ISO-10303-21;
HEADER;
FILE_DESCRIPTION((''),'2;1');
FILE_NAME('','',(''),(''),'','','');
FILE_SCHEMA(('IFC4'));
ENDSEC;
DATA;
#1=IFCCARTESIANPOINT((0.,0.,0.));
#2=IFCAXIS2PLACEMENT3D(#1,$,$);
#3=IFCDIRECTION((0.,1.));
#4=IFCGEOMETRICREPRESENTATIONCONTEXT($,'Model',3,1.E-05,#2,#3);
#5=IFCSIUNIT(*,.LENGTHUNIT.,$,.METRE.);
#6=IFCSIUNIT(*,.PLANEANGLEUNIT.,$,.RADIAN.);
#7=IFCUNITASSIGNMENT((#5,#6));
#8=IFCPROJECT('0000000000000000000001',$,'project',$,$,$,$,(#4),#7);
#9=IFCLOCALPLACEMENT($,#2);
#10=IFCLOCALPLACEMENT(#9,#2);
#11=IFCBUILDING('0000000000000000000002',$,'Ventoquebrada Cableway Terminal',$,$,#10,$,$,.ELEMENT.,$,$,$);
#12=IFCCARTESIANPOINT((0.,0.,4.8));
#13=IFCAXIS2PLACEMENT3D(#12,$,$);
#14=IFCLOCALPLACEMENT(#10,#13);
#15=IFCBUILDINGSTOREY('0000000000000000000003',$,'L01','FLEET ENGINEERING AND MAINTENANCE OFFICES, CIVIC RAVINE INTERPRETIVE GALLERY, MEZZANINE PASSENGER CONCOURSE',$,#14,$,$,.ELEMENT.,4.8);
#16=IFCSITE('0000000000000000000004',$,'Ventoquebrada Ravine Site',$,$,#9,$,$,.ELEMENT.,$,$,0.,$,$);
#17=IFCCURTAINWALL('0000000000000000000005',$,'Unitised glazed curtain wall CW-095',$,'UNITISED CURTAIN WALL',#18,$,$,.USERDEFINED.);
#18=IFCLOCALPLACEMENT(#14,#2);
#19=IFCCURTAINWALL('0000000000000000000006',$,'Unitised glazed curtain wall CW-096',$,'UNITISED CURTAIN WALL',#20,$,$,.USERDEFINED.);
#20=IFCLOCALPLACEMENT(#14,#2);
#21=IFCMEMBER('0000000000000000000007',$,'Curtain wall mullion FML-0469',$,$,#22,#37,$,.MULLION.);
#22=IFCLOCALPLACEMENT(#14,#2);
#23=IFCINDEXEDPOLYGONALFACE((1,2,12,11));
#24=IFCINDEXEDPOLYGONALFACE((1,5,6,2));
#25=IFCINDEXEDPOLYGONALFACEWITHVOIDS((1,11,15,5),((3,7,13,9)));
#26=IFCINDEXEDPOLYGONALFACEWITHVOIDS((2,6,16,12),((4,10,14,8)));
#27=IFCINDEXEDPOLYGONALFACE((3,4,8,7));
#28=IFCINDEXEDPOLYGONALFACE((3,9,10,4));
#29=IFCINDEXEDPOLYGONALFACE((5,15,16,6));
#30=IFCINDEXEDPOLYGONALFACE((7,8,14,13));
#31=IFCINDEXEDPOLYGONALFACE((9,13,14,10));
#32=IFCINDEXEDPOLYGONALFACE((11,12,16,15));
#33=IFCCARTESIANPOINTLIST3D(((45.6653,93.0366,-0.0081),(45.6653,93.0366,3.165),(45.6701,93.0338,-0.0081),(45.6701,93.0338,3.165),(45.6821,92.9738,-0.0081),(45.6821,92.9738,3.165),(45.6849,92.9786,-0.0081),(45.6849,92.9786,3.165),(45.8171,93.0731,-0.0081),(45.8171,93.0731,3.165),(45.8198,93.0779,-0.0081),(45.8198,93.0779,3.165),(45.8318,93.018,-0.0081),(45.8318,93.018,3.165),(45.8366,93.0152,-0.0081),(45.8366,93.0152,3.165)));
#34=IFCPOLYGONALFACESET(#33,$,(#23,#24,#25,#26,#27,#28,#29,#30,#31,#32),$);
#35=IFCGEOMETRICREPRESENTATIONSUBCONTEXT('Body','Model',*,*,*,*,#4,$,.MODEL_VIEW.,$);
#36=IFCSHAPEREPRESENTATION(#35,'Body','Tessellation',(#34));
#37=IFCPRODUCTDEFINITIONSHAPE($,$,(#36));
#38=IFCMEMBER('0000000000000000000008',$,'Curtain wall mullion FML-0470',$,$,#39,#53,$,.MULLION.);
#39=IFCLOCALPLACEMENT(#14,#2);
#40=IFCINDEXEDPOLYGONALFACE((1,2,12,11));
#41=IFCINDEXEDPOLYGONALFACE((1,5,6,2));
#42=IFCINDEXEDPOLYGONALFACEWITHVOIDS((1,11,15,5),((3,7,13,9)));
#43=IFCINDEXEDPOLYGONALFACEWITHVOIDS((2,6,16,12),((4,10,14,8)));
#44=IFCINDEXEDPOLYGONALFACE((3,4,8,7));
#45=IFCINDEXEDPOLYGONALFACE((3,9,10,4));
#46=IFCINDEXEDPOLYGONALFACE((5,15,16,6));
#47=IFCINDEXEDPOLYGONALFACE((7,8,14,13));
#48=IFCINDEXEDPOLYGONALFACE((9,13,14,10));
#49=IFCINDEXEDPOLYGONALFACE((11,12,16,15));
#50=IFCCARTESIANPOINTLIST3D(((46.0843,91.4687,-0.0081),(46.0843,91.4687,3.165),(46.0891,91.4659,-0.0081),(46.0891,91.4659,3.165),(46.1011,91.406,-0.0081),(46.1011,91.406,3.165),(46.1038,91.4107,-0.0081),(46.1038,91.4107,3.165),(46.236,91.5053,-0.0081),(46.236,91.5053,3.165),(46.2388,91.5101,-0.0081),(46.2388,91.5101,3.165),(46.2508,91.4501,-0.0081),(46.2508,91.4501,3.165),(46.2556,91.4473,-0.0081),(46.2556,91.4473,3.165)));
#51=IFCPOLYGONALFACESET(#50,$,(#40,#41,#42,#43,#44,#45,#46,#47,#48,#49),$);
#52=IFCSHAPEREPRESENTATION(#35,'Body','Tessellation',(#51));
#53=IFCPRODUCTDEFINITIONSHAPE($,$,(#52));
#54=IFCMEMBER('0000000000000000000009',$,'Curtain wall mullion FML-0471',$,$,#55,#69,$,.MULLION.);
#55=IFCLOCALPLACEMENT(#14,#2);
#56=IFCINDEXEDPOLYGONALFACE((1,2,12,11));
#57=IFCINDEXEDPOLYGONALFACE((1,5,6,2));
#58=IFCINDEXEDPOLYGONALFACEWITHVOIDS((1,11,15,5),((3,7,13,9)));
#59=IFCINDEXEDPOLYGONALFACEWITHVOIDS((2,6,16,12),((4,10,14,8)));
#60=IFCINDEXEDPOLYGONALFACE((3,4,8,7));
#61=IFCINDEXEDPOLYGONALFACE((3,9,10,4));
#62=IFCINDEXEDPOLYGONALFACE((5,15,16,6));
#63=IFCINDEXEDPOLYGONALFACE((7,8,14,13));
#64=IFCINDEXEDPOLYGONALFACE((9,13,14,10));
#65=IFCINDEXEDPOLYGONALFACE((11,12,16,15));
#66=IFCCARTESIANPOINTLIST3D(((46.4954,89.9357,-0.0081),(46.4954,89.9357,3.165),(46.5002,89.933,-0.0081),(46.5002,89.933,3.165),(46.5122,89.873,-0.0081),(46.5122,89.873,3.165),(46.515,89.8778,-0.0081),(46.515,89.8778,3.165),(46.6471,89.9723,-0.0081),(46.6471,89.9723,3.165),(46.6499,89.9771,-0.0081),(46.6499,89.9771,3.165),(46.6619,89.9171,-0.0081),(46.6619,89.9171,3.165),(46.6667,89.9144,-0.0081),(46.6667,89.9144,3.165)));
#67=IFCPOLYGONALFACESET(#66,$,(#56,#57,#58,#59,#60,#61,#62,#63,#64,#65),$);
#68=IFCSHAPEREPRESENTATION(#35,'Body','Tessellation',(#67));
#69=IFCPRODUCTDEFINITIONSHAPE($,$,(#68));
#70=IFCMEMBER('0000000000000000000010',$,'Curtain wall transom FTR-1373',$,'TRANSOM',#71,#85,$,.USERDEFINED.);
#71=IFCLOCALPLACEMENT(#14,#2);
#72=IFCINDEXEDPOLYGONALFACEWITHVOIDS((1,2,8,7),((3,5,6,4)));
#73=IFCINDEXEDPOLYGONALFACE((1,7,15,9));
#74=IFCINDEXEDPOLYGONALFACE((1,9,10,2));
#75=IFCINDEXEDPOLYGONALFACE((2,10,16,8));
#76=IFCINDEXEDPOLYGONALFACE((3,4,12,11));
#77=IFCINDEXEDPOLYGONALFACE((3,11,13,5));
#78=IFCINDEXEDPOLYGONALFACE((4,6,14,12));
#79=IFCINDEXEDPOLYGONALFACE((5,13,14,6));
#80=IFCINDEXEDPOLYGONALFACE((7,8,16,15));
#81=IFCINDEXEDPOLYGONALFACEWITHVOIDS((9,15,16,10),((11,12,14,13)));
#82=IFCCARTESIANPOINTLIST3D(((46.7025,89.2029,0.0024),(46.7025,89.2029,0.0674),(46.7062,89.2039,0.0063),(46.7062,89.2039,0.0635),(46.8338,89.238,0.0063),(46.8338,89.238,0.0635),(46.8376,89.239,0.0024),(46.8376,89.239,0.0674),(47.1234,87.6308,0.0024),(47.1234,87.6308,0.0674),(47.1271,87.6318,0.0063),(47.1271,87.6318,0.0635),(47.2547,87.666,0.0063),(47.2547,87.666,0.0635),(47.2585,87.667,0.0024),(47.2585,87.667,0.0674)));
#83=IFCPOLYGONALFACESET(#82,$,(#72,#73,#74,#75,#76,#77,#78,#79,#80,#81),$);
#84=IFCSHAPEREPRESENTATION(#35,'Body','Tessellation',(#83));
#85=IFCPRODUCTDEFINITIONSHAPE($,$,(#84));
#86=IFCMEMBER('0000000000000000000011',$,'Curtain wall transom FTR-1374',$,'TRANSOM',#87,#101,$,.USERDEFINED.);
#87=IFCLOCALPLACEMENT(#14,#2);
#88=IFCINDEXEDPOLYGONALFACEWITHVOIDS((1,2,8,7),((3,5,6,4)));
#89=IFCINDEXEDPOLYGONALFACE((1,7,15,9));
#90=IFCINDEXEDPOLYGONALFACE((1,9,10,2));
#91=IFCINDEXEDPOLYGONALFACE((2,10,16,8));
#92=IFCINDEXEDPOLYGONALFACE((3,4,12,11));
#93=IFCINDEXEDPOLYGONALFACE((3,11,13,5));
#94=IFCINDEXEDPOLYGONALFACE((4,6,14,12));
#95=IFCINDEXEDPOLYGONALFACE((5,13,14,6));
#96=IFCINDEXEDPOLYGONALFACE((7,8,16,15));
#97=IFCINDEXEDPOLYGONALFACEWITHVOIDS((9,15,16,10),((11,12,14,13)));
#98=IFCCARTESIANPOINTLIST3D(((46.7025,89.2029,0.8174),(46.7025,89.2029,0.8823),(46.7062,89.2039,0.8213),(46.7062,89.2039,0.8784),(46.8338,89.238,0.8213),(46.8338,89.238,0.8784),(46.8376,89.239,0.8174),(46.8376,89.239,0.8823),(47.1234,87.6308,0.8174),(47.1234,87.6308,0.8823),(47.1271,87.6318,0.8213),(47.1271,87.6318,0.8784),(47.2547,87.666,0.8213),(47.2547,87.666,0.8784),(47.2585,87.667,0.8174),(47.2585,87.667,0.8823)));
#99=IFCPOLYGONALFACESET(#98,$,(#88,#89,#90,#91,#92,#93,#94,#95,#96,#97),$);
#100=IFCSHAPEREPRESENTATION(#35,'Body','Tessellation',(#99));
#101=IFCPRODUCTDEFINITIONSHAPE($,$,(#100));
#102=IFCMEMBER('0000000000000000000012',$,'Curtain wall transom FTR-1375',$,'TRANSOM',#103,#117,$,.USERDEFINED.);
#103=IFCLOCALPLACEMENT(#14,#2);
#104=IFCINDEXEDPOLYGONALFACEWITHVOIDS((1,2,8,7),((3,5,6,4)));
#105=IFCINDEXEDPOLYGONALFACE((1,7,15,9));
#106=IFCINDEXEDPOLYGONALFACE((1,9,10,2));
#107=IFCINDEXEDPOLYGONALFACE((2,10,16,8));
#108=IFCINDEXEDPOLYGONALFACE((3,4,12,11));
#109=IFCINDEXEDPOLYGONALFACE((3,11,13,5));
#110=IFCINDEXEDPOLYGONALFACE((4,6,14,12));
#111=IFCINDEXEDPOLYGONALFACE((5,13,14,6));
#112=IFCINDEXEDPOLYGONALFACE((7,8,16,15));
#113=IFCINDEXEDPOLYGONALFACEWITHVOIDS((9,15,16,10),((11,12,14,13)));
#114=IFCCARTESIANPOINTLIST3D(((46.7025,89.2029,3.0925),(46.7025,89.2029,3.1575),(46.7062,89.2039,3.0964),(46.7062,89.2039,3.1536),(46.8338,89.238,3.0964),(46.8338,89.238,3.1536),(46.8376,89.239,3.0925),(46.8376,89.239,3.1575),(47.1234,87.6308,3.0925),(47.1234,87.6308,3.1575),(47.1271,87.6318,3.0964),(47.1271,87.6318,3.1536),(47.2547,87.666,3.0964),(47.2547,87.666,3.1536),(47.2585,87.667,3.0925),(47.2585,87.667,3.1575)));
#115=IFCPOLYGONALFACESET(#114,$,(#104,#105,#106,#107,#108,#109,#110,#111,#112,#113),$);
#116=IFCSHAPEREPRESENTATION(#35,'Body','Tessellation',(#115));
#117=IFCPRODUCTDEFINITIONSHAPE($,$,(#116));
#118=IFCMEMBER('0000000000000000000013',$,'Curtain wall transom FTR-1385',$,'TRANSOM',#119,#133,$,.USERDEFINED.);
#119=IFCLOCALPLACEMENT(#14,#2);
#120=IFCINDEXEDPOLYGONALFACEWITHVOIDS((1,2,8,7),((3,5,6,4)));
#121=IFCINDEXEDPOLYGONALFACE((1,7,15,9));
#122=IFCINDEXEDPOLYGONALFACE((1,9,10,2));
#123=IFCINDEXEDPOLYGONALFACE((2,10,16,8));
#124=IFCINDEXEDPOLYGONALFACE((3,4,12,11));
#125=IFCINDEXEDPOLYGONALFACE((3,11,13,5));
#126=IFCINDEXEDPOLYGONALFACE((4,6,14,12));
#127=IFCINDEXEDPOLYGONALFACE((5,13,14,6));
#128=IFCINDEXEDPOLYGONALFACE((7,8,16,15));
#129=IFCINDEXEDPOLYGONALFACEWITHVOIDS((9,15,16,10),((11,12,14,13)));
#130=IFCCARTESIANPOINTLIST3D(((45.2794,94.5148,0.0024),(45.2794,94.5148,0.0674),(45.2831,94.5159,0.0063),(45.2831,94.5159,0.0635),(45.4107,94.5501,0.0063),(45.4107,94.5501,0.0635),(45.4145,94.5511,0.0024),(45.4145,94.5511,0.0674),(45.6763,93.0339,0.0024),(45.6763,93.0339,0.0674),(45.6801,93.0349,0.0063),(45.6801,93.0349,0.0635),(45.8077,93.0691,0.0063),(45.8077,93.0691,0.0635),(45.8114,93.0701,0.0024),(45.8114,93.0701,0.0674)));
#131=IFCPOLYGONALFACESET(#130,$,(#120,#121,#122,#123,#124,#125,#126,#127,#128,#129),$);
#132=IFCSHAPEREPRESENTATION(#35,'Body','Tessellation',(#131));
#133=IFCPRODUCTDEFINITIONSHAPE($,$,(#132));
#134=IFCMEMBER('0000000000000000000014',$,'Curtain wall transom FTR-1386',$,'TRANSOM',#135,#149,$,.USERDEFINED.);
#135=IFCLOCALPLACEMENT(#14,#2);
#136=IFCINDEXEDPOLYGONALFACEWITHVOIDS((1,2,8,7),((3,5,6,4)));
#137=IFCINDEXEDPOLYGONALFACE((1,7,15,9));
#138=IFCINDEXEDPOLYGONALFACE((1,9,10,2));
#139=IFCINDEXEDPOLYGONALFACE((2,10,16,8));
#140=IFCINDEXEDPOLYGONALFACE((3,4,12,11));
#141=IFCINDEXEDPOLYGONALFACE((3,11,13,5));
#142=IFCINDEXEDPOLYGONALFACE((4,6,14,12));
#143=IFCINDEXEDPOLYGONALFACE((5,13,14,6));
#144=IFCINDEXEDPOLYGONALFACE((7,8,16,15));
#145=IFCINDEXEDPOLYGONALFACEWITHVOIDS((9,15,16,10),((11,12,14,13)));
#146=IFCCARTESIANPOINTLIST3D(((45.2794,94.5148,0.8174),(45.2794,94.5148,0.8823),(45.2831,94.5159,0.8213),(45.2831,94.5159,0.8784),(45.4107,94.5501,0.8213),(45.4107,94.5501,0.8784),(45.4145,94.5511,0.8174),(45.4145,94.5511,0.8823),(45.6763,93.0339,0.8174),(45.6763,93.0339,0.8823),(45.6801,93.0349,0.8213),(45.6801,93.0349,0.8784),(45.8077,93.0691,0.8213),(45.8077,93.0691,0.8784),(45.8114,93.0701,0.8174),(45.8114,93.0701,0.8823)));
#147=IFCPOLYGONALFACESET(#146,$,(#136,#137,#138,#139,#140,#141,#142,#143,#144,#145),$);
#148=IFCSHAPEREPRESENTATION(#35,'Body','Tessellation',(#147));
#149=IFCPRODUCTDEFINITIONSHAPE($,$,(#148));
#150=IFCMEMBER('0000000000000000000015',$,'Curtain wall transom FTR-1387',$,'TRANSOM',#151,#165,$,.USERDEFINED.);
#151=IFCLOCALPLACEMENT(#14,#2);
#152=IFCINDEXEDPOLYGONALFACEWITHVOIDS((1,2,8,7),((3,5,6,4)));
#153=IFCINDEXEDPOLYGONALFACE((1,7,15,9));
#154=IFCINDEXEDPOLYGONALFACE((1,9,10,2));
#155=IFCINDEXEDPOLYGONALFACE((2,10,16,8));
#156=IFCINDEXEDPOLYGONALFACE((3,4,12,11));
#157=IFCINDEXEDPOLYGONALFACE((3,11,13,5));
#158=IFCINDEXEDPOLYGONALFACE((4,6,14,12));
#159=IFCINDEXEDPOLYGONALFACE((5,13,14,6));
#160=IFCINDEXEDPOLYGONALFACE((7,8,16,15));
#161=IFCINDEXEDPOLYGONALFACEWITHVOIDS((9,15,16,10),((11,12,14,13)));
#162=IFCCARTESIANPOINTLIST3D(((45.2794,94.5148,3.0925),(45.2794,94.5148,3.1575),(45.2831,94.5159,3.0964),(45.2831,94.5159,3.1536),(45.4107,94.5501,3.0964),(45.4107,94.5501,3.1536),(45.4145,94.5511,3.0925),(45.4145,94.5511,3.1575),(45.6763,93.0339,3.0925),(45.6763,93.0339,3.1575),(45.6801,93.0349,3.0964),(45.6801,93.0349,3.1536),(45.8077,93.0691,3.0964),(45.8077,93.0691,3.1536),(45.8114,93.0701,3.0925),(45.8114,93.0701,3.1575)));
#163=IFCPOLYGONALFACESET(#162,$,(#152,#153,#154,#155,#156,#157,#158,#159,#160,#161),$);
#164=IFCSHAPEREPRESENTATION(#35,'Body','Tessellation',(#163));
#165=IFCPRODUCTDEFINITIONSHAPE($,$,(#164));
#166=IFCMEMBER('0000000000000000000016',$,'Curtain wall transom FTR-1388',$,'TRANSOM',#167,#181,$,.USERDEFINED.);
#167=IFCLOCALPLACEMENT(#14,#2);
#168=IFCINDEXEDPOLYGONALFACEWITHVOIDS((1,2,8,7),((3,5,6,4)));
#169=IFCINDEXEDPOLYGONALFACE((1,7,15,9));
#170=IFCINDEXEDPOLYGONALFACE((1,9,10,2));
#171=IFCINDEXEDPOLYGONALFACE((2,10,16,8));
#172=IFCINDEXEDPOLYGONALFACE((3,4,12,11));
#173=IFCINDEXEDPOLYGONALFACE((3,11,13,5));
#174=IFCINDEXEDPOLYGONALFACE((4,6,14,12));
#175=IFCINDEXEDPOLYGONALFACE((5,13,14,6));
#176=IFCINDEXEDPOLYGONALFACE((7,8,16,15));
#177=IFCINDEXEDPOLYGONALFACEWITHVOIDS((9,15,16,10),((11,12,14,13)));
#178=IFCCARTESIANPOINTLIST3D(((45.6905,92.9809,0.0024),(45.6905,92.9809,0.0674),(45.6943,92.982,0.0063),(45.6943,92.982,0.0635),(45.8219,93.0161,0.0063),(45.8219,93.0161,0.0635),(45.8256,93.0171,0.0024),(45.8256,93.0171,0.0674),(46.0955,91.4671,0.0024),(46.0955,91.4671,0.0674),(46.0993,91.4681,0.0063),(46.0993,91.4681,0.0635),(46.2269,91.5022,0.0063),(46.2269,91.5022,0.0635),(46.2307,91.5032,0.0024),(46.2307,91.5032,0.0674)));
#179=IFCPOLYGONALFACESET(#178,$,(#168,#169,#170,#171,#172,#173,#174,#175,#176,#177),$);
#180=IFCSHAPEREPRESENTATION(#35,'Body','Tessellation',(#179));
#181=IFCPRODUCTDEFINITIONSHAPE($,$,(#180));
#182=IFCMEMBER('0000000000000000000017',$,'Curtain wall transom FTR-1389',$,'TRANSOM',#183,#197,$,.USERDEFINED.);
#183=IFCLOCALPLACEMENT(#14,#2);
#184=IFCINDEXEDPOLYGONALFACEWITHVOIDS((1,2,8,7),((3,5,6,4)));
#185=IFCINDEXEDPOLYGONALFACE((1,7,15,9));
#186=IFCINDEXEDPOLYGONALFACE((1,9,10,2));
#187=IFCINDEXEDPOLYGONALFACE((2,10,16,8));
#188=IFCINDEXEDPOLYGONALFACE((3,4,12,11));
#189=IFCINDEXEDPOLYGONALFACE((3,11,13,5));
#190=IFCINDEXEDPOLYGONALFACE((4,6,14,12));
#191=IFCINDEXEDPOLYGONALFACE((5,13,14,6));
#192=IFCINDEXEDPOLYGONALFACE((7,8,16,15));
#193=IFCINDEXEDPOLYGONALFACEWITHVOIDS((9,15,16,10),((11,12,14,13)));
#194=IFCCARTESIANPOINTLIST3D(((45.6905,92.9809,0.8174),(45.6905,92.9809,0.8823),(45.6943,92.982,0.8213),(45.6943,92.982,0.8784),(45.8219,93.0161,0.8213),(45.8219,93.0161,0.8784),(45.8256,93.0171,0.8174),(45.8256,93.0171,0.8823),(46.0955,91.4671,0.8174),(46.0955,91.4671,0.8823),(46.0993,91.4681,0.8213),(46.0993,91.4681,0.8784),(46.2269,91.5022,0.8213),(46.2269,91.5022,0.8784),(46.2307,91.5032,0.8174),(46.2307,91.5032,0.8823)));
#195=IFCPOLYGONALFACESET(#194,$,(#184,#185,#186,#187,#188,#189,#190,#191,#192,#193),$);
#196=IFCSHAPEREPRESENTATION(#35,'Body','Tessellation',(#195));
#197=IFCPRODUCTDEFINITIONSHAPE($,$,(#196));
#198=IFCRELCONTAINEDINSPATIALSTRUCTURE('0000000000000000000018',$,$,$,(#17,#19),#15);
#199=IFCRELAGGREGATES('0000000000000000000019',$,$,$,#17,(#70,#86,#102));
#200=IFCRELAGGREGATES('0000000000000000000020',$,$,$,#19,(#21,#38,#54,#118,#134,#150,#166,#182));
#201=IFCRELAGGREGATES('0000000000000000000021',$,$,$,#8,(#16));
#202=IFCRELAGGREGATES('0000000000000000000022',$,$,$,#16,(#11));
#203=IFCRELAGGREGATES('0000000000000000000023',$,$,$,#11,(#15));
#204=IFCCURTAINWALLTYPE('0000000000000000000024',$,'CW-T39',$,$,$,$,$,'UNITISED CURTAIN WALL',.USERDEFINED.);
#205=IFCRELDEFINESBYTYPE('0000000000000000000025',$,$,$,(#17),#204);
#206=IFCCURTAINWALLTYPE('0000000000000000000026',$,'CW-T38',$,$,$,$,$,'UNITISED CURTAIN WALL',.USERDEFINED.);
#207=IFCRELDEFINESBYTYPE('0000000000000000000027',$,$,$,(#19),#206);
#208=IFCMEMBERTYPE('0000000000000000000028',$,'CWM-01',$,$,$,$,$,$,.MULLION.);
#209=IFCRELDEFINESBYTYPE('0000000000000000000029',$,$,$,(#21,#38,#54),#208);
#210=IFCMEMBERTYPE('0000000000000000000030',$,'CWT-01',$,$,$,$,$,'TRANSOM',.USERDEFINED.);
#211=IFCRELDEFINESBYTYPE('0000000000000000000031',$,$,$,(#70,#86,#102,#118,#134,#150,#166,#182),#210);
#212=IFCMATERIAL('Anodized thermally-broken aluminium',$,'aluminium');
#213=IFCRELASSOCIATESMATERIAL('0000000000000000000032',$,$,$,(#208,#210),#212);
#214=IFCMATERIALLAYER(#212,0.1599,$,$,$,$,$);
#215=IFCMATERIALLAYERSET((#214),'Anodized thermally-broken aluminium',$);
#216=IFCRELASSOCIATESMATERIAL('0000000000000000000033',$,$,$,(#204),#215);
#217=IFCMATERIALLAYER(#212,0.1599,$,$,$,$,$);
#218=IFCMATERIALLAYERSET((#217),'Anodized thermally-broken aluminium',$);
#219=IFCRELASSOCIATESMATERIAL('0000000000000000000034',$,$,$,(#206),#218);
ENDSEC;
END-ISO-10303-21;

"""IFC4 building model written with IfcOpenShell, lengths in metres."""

from ifc_helpers import new_model, si_unit, direction, frame, origin, origin_2d, place, context, subcontext, project, spatial, hollow_rectangle, extrude, material, layer, layer_set, material_profile, profile_set, type_object, element, aggregate, save


model = new_model("IFC4")

# Units and contexts
model_context = context("Model", 3, precision=1e-05, world=origin(), true_north=direction((0.0, 1.0)))
body_context = subcontext(model_context, "Body", "Model", "MODEL_VIEW")
ifc_project = project(units=[si_unit("LENGTHUNIT", "METRE"), si_unit("PLANEANGLEUNIT", "RADIAN")], contexts=[model_context])

# Site, building, storey
site_placement = place(None, origin())
site = spatial("IfcSite", under=ifc_project, at=site_placement, Name="Ventoquebrada Ravine Site", CompositionType="ELEMENT", RefElevation=0.0)
building_placement = place(site_placement, origin())
building = spatial("IfcBuilding", under=site, at=building_placement, Name="Ventoquebrada Cableway Terminal", CompositionType="ELEMENT")
storey_placement = place(building_placement, frame((0.0, 0.0, 4.8)))
storey = spatial("IfcBuildingStorey", under=building, at=storey_placement, Name="L01", Description="FLEET ENGINEERING AND MAINTENANCE OFFICES, CIVIC RAVINE INTERPRETIVE GALLERY, MEZZANINE PASSENGER CONCOURSE", CompositionType="ELEMENT", Elevation=4.8)

# Curtain wall
ifc_material_1 = material(Name="Anodized thermally-broken aluminium", Category="aluminium")
ifc_material_profile_1 = material_profile(ifc_material_1, hollow_rectangle(XDim=0.0649, YDim=0.1599, WallThickness=0.0039, at=origin_2d()), Name="CW-MUL-65X160")
ifc_profile_set_1 = profile_set([ifc_material_profile_1], Name="Anodized thermally-broken aluminium")
member_type_1 = type_object("IfcMemberType", Name="CWM-01", PredefinedType="MULLION", material=ifc_profile_set_1)
ifc_layer_1 = layer(ifc_material_1, 0.1599)
ifc_layer_set_1 = layer_set([ifc_layer_1], Name="Anodized thermally-broken aluminium")
curtain_wall_type_1 = type_object("IfcCurtainWallType", Name="CW-T39", ElementType="UNITISED CURTAIN WALL", PredefinedType="USERDEFINED", material=ifc_layer_set_1)
curtain_wall_1_placement = place(storey_placement, origin())
curtain_wall_1 = element("IfcCurtainWall", 1, at=curtain_wall_1_placement, inside=storey, type_object=curtain_wall_type_1, Name="Unitised glazed curtain wall CW-095", ObjectType="UNITISED CURTAIN WALL", PredefinedType="USERDEFINED")

# Curtain wall, members
ifc_layer_2 = layer(ifc_material_1, 0.1599)
ifc_layer_set_2 = layer_set([ifc_layer_2], Name="Anodized thermally-broken aluminium")
curtain_wall_type_2 = type_object("IfcCurtainWallType", Name="CW-T38", ElementType="UNITISED CURTAIN WALL", PredefinedType="USERDEFINED", material=ifc_layer_set_2)
curtain_wall_2_placement = place(storey_placement, origin())
curtain_wall_2 = element("IfcCurtainWall", 2, at=curtain_wall_2_placement, inside=storey, type_object=curtain_wall_type_2, Name="Unitised glazed curtain wall CW-096", ObjectType="UNITISED CURTAIN WALL", PredefinedType="USERDEFINED")
member_1_placement = place(storey_placement, frame((45.751, 93.0259, -0.0081), z_axis=(0.0, 0.0, 1.0), x_axis=(0.25865, -0.965971, 0.0)))
member_1 = element("IfcMember", 3, at=member_1_placement, type_object=member_type_1, Name="Curtain wall mullion FML-0469", PredefinedType="MULLION", context=body_context, shape_type="SweptSolid", body=[
    extrude(hollow_rectangle(XDim=0.0649, YDim=0.1599, WallThickness=0.0039, at=origin_2d()), origin(), (0.0, 0.0, 1.0), 3.1731),
])
member_2_placement = place(storey_placement, frame((46.1699, 91.458, -0.0081), z_axis=(0.0, 0.0, 1.0), x_axis=(0.25865, -0.965971, 0.0)))
member_2 = element("IfcMember", 4, at=member_2_placement, type_object=member_type_1, Name="Curtain wall mullion FML-0470", PredefinedType="MULLION", context=body_context, shape_type="SweptSolid", body=[
    extrude(hollow_rectangle(XDim=0.0649, YDim=0.1599, WallThickness=0.0039, at=origin_2d()), origin(), (0.0, 0.0, 1.0), 3.1731),
])
member_3_placement = place(storey_placement, frame((46.5811, 89.925, -0.0081), z_axis=(0.0, 0.0, 1.0), x_axis=(0.25865, -0.965971, 0.0)))
member_3 = element("IfcMember", 5, at=member_3_placement, type_object=member_type_1, Name="Curtain wall mullion FML-0471", PredefinedType="MULLION", context=body_context, shape_type="SweptSolid", body=[
    extrude(hollow_rectangle(XDim=0.0649, YDim=0.1599, WallThickness=0.0039, at=origin_2d()), origin(), (0.0, 0.0, 1.0), 3.1731),
])

# Members
ifc_material_profile_2 = material_profile(ifc_material_1, hollow_rectangle(XDim=0.0649, YDim=0.1399, WallThickness=0.0039, at=origin_2d()), Name="CW-TRN-65X140")
ifc_profile_set_2 = profile_set([ifc_material_profile_2], Name="Anodized thermally-broken aluminium")
member_type_2 = type_object("IfcMemberType", Name="CWT-01", ElementType="TRANSOM", PredefinedType="USERDEFINED", material=ifc_profile_set_2)
member_4_placement = place(storey_placement, frame((46.77, 89.2209, 0.0349), z_axis=(0.258634, -0.965975, 0.0), x_axis=(0.0, 0.0, 1.0)))
member_4 = element("IfcMember", 6, at=member_4_placement, type_object=member_type_2, Name="Curtain wall transom FTR-1373", ObjectType="TRANSOM", PredefinedType="USERDEFINED", context=body_context, shape_type="SweptSolid", body=[
    extrude(hollow_rectangle(XDim=0.0649, YDim=0.1399, WallThickness=0.0039, at=origin_2d()), origin(), (0.0, 0.0, 1.0), 1.6274),
])
member_5_placement = place(storey_placement, frame((46.77, 89.2209, 0.8499), z_axis=(0.258634, -0.965975, 0.0), x_axis=(0.0, 0.0, 1.0)))
member_5 = element("IfcMember", 7, at=member_5_placement, type_object=member_type_2, Name="Curtain wall transom FTR-1374", ObjectType="TRANSOM", PredefinedType="USERDEFINED", context=body_context, shape_type="SweptSolid", body=[
    extrude(hollow_rectangle(XDim=0.0649, YDim=0.1399, WallThickness=0.0039, at=origin_2d()), origin(), (0.0, 0.0, 1.0), 1.6274),
])
member_6_placement = place(storey_placement, frame((46.77, 89.2209, 3.125), z_axis=(0.258634, -0.965975, 0.0), x_axis=(0.0, 0.0, 1.0)))
member_6 = element("IfcMember", 8, at=member_6_placement, type_object=member_type_2, Name="Curtain wall transom FTR-1375", ObjectType="TRANSOM", PredefinedType="USERDEFINED", context=body_context, shape_type="SweptSolid", body=[
    extrude(hollow_rectangle(XDim=0.0649, YDim=0.1399, WallThickness=0.0039, at=origin_2d()), origin(), (0.0, 0.0, 1.0), 1.6274),
])
aggregate(curtain_wall_1, [member_4, member_5, member_6])
member_7_placement = place(storey_placement, frame((45.3469, 94.533, 0.0349), z_axis=(0.258911, -0.965901, 0.0), x_axis=(0.0, 0.0, 1.0)))
member_7 = element("IfcMember", 9, at=member_7_placement, type_object=member_type_2, Name="Curtain wall transom FTR-1385", ObjectType="TRANSOM", PredefinedType="USERDEFINED", context=body_context, shape_type="SweptSolid", body=[
    extrude(hollow_rectangle(XDim=0.0649, YDim=0.1399, WallThickness=0.0039, at=origin_2d()), origin(), (0.0, 0.0, 1.0), 1.5332),
])
member_8_placement = place(storey_placement, frame((45.3469, 94.533, 0.8499), z_axis=(0.258911, -0.965901, 0.0), x_axis=(0.0, 0.0, 1.0)))
member_8 = element("IfcMember", 10, at=member_8_placement, type_object=member_type_2, Name="Curtain wall transom FTR-1386", ObjectType="TRANSOM", PredefinedType="USERDEFINED", context=body_context, shape_type="SweptSolid", body=[
    extrude(hollow_rectangle(XDim=0.0649, YDim=0.1399, WallThickness=0.0039, at=origin_2d()), origin(), (0.0, 0.0, 1.0), 1.5332),
])
member_9_placement = place(storey_placement, frame((45.3469, 94.533, 3.125), z_axis=(0.258911, -0.965901, 0.0), x_axis=(0.0, 0.0, 1.0)))
member_9 = element("IfcMember", 11, at=member_9_placement, type_object=member_type_2, Name="Curtain wall transom FTR-1387", ObjectType="TRANSOM", PredefinedType="USERDEFINED", context=body_context, shape_type="SweptSolid", body=[
    extrude(hollow_rectangle(XDim=0.0649, YDim=0.1399, WallThickness=0.0039, at=origin_2d()), origin(), (0.0, 0.0, 1.0), 1.5332),
])
member_10_placement = place(storey_placement, frame((45.7581, 92.999, 0.0349), z_axis=(0.258448, -0.966025, 0.0), x_axis=(0.0, 0.0, 1.0)))
member_10 = element("IfcMember", 12, at=member_10_placement, type_object=member_type_2, Name="Curtain wall transom FTR-1388", ObjectType="TRANSOM", PredefinedType="USERDEFINED", context=body_context, shape_type="SweptSolid", body=[
    extrude(hollow_rectangle(XDim=0.0649, YDim=0.1399, WallThickness=0.0039, at=origin_2d()), origin(), (0.0, 0.0, 1.0), 1.5671),
])
member_11_placement = place(storey_placement, frame((45.7581, 92.999, 0.8499), z_axis=(0.258448, -0.966025, 0.0), x_axis=(0.0, 0.0, 1.0)))
member_11 = element("IfcMember", 13, at=member_11_placement, type_object=member_type_2, Name="Curtain wall transom FTR-1389", ObjectType="TRANSOM", PredefinedType="USERDEFINED", context=body_context, shape_type="SweptSolid", body=[
    extrude(hollow_rectangle(XDim=0.0649, YDim=0.1399, WallThickness=0.0039, at=origin_2d()), origin(), (0.0, 0.0, 1.0), 1.5671),
])

aggregate(curtain_wall_2, [member_1, member_2, member_3, member_7, member_8, member_9, member_10, member_11])

save(model, "model.ifc")
